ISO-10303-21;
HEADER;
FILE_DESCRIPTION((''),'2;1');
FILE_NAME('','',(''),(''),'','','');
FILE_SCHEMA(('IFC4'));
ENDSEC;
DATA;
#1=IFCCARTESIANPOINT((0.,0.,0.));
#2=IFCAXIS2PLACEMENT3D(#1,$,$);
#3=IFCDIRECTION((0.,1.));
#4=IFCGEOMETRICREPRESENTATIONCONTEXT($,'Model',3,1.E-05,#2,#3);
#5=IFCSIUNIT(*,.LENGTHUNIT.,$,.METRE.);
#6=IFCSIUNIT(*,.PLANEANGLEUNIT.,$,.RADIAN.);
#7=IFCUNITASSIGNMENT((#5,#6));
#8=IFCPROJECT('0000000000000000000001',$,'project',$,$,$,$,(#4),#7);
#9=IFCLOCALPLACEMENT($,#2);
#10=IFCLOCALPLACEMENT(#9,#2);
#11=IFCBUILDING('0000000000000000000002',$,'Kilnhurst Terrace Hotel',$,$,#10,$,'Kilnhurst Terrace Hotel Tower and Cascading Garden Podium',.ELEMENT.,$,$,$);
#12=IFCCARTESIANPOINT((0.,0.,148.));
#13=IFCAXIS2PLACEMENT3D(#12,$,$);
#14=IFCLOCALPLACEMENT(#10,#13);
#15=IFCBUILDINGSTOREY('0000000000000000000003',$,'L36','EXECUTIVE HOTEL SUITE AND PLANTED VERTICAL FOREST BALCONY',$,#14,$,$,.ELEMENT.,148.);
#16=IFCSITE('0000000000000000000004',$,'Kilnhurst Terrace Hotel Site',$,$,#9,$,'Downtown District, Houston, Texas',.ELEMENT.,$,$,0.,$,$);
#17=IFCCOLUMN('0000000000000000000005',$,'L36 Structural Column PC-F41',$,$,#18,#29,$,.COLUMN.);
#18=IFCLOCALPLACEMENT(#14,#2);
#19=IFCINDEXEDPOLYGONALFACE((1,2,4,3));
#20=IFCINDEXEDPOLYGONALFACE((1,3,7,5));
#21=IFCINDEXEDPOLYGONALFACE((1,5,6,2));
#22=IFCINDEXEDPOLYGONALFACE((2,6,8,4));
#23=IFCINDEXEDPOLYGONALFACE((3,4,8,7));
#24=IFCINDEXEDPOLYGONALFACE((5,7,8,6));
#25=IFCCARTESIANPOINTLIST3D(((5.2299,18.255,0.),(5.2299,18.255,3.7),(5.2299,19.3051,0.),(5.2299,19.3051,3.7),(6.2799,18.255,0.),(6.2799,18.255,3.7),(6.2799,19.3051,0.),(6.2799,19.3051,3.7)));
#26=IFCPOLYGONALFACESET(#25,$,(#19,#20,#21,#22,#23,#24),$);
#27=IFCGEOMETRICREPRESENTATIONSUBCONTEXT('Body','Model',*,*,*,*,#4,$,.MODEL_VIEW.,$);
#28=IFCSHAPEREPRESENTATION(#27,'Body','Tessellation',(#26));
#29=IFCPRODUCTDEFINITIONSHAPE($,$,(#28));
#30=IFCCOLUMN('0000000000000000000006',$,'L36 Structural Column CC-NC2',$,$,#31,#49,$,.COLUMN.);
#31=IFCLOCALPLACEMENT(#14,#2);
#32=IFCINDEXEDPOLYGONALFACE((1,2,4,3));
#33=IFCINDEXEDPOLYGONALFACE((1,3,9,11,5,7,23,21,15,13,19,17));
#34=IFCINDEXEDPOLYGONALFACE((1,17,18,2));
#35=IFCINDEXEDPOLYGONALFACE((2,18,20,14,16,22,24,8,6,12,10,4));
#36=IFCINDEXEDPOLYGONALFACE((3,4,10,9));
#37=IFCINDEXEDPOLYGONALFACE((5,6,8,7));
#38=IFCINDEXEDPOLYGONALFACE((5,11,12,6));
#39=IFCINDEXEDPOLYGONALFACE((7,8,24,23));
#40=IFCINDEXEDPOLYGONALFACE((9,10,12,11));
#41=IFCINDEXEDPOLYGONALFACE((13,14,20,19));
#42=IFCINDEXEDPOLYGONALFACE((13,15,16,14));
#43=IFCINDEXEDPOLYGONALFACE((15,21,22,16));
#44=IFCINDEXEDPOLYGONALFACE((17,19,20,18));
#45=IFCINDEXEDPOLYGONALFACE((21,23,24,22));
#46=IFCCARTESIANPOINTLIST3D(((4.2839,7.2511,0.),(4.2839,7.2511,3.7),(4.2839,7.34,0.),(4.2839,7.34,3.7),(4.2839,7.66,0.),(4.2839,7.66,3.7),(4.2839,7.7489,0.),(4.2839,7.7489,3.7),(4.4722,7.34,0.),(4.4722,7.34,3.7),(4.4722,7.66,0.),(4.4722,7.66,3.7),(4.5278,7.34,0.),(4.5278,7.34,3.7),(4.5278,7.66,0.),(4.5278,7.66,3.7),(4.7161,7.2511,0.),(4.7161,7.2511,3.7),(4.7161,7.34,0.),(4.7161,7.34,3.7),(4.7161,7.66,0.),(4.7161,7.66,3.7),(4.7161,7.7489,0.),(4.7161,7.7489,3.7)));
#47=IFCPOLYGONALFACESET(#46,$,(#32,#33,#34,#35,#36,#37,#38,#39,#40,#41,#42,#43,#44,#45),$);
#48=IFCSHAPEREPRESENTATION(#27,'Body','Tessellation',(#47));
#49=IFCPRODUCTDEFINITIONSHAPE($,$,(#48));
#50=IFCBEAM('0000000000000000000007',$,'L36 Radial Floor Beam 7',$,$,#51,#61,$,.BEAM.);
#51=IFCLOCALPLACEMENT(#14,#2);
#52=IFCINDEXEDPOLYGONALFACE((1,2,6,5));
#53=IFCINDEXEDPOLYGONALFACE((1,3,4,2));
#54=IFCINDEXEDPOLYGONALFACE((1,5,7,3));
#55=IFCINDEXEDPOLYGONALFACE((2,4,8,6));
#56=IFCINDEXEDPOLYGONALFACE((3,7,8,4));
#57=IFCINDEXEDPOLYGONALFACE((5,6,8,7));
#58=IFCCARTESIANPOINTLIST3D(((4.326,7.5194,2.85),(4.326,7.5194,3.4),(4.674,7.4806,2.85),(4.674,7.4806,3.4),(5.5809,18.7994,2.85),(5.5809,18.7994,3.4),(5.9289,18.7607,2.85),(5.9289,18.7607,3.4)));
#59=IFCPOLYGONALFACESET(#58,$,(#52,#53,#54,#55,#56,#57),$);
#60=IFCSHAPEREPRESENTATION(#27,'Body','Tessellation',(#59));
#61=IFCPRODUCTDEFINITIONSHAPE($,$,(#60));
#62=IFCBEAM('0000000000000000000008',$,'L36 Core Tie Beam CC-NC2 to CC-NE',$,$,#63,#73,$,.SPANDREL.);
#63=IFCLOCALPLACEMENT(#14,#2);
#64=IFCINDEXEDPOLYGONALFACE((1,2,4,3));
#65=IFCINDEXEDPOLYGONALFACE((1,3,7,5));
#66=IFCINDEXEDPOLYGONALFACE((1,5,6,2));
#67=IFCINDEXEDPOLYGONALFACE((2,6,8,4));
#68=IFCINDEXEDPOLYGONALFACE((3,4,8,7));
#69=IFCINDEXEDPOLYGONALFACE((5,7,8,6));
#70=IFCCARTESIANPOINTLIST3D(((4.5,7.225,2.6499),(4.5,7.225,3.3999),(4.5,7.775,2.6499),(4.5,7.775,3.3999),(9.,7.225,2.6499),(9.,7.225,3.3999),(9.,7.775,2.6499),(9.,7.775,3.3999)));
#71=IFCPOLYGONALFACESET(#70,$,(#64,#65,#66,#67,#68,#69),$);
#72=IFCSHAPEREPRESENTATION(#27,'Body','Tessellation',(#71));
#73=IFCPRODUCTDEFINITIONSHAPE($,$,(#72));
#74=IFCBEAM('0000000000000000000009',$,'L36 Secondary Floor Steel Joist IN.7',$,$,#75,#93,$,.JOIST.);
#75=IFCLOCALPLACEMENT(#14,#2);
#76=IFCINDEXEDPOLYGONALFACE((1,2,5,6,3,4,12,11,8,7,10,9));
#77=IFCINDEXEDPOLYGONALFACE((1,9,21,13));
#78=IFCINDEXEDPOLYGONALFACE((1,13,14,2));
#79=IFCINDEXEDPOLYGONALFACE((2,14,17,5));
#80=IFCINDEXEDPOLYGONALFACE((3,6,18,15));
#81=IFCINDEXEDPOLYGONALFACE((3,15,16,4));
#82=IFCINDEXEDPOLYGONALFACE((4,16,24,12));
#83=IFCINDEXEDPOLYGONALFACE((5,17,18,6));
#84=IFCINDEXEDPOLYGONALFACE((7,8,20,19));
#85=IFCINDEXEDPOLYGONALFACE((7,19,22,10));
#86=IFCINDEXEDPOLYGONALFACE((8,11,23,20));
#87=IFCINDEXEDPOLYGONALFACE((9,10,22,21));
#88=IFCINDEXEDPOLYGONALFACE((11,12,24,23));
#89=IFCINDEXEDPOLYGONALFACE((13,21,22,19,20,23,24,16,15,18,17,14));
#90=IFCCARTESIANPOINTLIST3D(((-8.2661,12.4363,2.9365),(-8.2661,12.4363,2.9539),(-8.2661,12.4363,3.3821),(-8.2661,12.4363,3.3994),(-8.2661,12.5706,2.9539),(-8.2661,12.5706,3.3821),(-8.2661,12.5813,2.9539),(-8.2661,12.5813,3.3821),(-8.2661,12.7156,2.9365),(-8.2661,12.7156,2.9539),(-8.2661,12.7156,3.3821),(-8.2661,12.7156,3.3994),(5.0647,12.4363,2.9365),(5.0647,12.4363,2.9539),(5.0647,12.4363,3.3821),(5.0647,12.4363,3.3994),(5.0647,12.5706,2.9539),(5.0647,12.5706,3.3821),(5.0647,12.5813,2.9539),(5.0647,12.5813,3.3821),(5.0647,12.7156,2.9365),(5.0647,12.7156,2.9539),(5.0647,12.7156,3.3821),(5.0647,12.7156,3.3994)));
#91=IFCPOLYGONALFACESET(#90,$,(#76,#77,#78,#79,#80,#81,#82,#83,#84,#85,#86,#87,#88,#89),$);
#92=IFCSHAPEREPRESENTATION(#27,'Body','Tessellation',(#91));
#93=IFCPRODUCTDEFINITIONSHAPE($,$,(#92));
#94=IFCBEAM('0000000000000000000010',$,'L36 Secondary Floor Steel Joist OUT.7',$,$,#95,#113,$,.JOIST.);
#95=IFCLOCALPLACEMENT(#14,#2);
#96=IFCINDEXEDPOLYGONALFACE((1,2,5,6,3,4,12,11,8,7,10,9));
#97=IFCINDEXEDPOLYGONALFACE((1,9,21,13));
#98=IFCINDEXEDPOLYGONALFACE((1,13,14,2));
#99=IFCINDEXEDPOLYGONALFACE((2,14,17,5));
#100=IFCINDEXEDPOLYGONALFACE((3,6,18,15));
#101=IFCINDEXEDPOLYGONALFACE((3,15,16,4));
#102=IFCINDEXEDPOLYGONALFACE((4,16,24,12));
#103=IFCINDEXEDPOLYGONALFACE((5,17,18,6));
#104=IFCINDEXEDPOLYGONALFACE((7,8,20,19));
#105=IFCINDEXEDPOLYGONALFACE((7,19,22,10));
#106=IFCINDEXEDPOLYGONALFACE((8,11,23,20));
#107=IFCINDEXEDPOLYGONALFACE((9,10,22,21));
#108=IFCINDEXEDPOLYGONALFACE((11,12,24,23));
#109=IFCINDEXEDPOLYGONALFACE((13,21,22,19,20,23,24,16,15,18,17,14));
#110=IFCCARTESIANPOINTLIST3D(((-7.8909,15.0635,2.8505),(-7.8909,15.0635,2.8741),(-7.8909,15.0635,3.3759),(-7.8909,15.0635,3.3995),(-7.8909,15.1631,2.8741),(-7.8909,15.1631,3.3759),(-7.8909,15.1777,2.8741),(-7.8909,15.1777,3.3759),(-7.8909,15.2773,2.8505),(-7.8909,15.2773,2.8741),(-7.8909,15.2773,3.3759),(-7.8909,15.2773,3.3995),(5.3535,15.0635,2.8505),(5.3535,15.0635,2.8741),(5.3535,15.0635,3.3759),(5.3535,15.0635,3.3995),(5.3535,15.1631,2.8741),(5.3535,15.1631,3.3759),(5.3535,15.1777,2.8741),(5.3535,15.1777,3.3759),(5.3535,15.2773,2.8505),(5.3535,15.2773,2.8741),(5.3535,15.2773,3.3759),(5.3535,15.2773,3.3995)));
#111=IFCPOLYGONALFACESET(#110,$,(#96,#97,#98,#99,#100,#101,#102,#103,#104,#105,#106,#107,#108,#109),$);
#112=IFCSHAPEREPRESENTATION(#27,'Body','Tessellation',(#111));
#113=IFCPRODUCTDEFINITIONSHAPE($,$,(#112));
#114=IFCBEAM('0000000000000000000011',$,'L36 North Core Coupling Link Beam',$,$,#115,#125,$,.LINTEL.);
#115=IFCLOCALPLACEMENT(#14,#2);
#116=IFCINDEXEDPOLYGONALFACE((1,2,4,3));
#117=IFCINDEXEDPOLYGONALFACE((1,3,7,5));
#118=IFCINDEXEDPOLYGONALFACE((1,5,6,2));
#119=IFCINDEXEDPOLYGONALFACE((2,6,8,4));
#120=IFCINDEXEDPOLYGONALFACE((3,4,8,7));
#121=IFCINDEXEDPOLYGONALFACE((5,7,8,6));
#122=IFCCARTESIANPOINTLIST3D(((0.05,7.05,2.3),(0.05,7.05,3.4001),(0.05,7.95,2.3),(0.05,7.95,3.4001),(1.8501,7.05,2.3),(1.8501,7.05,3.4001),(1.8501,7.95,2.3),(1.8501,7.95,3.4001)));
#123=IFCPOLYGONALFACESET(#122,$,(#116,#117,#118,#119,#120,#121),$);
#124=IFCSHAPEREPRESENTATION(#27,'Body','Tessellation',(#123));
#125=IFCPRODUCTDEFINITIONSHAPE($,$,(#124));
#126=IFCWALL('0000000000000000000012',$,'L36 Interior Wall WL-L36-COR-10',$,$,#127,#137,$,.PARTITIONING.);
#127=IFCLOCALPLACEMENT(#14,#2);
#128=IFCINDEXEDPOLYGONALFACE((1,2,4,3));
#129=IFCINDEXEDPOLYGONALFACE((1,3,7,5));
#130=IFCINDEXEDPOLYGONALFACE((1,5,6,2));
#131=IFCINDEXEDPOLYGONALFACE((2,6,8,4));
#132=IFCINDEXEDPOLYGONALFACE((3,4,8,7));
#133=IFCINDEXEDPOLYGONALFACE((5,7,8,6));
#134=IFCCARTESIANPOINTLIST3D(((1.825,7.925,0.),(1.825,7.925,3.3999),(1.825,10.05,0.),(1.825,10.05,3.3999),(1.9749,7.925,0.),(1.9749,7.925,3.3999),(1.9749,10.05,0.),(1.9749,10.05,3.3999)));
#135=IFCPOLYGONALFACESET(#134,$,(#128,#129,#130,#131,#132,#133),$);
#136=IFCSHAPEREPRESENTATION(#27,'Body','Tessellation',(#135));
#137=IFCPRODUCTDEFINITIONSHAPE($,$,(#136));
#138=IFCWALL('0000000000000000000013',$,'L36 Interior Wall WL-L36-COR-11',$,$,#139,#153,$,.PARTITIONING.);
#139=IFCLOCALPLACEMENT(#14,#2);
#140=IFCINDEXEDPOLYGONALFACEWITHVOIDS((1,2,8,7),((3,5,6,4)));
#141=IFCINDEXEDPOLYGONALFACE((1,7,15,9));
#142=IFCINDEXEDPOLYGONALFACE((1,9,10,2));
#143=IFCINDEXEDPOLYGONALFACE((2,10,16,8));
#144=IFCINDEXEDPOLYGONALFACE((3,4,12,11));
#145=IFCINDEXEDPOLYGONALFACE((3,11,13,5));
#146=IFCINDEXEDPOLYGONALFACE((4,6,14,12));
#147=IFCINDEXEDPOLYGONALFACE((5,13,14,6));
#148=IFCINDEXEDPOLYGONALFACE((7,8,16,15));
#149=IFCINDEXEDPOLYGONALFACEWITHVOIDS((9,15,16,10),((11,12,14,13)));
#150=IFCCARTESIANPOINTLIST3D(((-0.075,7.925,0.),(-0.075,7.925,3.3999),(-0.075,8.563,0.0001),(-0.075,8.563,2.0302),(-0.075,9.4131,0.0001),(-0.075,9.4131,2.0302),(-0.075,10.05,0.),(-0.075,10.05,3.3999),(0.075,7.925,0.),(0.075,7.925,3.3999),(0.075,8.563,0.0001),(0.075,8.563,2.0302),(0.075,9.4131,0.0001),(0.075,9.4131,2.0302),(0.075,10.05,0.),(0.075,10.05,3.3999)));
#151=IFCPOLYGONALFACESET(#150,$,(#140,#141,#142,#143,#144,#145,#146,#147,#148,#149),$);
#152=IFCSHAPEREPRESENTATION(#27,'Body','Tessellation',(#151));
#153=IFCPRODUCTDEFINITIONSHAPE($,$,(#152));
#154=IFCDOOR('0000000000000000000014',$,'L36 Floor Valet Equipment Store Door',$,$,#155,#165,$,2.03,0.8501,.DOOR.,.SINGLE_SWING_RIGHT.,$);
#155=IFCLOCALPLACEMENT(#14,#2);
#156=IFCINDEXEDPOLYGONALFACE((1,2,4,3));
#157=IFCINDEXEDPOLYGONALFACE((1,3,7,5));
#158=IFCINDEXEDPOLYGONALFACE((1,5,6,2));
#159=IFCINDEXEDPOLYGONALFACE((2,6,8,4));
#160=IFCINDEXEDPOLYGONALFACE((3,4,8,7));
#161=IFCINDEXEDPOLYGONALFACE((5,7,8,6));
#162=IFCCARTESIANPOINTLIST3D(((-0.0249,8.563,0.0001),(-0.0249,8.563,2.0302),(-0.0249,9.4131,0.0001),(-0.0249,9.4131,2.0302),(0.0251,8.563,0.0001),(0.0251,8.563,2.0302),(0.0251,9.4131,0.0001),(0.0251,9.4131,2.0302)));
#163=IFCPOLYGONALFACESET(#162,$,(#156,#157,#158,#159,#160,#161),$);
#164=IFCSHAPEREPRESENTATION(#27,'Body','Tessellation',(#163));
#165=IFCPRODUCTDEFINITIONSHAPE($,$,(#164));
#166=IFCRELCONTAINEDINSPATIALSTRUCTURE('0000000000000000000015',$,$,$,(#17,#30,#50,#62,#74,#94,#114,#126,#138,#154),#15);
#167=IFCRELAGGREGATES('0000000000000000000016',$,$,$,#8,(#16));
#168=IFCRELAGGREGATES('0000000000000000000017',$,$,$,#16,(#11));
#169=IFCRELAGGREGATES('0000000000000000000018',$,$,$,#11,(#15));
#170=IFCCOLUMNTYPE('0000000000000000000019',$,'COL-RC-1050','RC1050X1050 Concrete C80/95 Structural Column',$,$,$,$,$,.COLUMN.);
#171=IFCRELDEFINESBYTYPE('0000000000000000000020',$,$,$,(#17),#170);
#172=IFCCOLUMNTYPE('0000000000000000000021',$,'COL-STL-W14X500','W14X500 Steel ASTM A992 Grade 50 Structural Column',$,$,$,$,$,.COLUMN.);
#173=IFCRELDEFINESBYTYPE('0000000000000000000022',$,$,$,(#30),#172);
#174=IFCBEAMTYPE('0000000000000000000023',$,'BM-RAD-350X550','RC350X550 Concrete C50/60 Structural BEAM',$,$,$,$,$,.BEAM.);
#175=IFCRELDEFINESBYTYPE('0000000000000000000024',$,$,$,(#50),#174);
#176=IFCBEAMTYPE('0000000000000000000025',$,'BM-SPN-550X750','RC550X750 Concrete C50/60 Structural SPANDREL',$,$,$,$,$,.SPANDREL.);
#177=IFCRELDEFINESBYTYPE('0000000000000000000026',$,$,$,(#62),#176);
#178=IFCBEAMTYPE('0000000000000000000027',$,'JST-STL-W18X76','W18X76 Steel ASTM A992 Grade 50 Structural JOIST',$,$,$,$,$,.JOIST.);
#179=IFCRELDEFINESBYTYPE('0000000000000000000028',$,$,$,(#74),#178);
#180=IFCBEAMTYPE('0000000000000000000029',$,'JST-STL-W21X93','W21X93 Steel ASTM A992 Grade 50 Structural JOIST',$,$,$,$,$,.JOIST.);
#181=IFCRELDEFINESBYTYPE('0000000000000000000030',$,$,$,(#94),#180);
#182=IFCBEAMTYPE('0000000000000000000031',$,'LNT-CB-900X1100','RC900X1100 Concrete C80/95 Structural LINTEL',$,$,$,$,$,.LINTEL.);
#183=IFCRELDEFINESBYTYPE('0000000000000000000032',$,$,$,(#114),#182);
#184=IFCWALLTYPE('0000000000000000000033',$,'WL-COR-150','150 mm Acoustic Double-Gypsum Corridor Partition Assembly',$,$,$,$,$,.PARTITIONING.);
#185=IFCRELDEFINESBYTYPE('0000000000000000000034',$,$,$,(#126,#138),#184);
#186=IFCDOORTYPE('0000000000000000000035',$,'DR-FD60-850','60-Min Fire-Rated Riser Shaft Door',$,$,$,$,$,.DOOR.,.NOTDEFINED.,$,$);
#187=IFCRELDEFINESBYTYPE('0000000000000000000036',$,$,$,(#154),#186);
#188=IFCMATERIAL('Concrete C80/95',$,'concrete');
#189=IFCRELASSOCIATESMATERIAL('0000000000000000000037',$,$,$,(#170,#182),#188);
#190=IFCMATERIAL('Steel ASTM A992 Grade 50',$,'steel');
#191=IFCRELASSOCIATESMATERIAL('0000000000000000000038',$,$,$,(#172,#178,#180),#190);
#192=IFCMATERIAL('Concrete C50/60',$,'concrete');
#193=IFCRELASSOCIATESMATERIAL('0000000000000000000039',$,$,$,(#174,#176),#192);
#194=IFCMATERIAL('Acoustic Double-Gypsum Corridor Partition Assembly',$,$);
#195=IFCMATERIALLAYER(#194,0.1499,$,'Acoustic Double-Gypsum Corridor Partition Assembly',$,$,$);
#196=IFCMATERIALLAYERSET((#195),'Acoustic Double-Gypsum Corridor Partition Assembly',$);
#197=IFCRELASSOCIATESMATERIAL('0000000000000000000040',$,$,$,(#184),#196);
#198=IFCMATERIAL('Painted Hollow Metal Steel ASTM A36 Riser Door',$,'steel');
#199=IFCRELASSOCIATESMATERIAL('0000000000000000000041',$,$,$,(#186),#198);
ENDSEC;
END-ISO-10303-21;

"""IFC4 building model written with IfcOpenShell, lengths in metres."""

from ifc_helpers import new_model, si_unit, direction, frame, frame_2d, origin, origin_2d, place, context, subcontext, project, spatial, rectangle, i_section, extrude, material, layer, layer_set, material_profile, profile_set, type_object, element, fill, save


model = new_model("IFC4")

# Units and contexts
model_context = context("Model", 3, precision=1e-05, world=origin(), true_north=direction((0.0, 1.0)))
body_context = subcontext(model_context, "Body", "Model", "MODEL_VIEW")
ifc_project = project(units=[si_unit("LENGTHUNIT", "METRE"), si_unit("PLANEANGLEUNIT", "RADIAN")], contexts=[model_context])

# Site, building, storey
site_placement = place(None, origin())
site = spatial("IfcSite", under=ifc_project, at=site_placement, Name="Kilnhurst Terrace Hotel Site", LongName="Downtown District, Houston, Texas", CompositionType="ELEMENT", RefElevation=0.0)
building_placement = place(site_placement, origin())
building = spatial("IfcBuilding", under=site, at=building_placement, Name="Kilnhurst Terrace Hotel", LongName="Kilnhurst Terrace Hotel Tower and Cascading Garden Podium", CompositionType="ELEMENT")
storey_placement = place(building_placement, frame((0.0, 0.0, 148.0)))
storey = spatial("IfcBuildingStorey", under=building, at=storey_placement, Name="L36", Description="EXECUTIVE HOTEL SUITE AND PLANTED VERTICAL FOREST BALCONY", CompositionType="ELEMENT", Elevation=148.0)

# Columns
ifc_material_1 = material(Name="Concrete C80/95", Category="concrete")
ifc_material_profile_1 = material_profile(ifc_material_1, rectangle(XDim=1.05, YDim=1.05, at=origin_2d()), Name="RC1050X1050")
ifc_profile_set_1 = profile_set([ifc_material_profile_1], Name="Concrete C80/95")
column_type_1 = type_object("IfcColumnType", Name="COL-RC-1050", Description="RC1050X1050 Concrete C80/95 Structural Column", PredefinedType="COLUMN", material=ifc_profile_set_1)
column_1_placement = place(storey_placement, frame((5.7549, 18.78, 0.0), z_axis=(0.0, 0.0, 1.0), x_axis=(1.0, 0.0, 0.0)))
element("IfcColumn", 1, at=column_1_placement, inside=storey, type_object=column_type_1, Name="L36 Structural Column PC-F41", PredefinedType="COLUMN", context=body_context, shape_type="SweptSolid", body=[
    extrude(rectangle(XDim=1.05, YDim=1.05, at=origin_2d()), origin(), (0.0, 0.0, 1.0), 3.7),
])
ifc_material_2 = material(Name="Steel ASTM A992 Grade 50", Category="steel")
ifc_material_profile_2 = material_profile(ifc_material_2, i_section(OverallWidth=0.4321, OverallDepth=0.4978, WebThickness=0.0557, FlangeThickness=0.0889, at=origin_2d()), Name="W14X500")
ifc_profile_set_2 = profile_set([ifc_material_profile_2], Name="Steel ASTM A992 Grade 50")
column_type_2 = type_object("IfcColumnType", Name="COL-STL-W14X500", Description="W14X500 Steel ASTM A992 Grade 50 Structural Column", PredefinedType="COLUMN", material=ifc_profile_set_2)
column_2_placement = place(storey_placement, frame((4.5, 7.5, 0.0), z_axis=(0.0, 0.0, 1.0), x_axis=(1.0, 0.0, 0.0)))
element("IfcColumn", 2, at=column_2_placement, inside=storey, type_object=column_type_2, Name="L36 Structural Column CC-NC2", PredefinedType="COLUMN", context=body_context, shape_type="SweptSolid", body=[
    extrude(i_section(OverallWidth=0.4321, OverallDepth=0.4978, WebThickness=0.0557, FlangeThickness=0.0889, at=origin_2d()), origin(), (0.0, 0.0, 1.0), 3.7),
])

# Beams
ifc_material_3 = material(Name="Concrete C50/60", Category="concrete")
ifc_material_profile_3 = material_profile(ifc_material_3, rectangle(XDim=0.3501, YDim=0.55, at=origin_2d()), Name="RC350X550")
ifc_profile_set_3 = profile_set([ifc_material_profile_3], Name="Concrete C50/60")
beam_type_1 = type_object("IfcBeamType", Name="BM-RAD-350X550", Description="RC350X550 Concrete C50/60 Structural BEAM", PredefinedType="BEAM", material=ifc_profile_set_3)
beam_1_placement = place(storey_placement, frame((4.5, 7.5, 3.125), z_axis=(0.110566, 0.993869, 0.0), x_axis=(-0.993869, 0.110566, 0.0)))
element("IfcBeam", 3, at=beam_1_placement, inside=storey, type_object=beam_type_1, Name="L36 Radial Floor Beam 7", PredefinedType="BEAM", context=body_context, shape_type="SweptSolid", body=[
    extrude(rectangle(XDim=0.3501, YDim=0.55, at=origin_2d()), origin(), (0.0, 0.0, 1.0), 11.3496),
])
ifc_material_profile_4 = material_profile(ifc_material_3, rectangle(XDim=0.55, YDim=0.75, at=origin_2d()), Name="RC550X750")
ifc_profile_set_4 = profile_set([ifc_material_profile_4], Name="Concrete C50/60")
beam_type_2 = type_object("IfcBeamType", Name="BM-SPN-550X750", Description="RC550X750 Concrete C50/60 Structural SPANDREL", PredefinedType="SPANDREL", material=ifc_profile_set_4)
beam_2_placement = place(storey_placement, frame((4.5, 7.5, 3.0249), z_axis=(1.0, 0.0, 0.0), x_axis=(0.0, 1.0, 0.0)))
element("IfcBeam", 4, at=beam_2_placement, inside=storey, type_object=beam_type_2, Name="L36 Core Tie Beam CC-NC2 to CC-NE", PredefinedType="SPANDREL", context=body_context, shape_type="SweptSolid", body=[
    extrude(rectangle(XDim=0.55, YDim=0.75, at=origin_2d()), origin(), (0.0, 0.0, 1.0), 4.5),
])
ifc_material_profile_5 = material_profile(ifc_material_2, i_section(OverallWidth=0.2793, OverallDepth=0.4629, WebThickness=0.0107, FlangeThickness=0.0173, at=origin_2d()), Name="W18X76")
ifc_profile_set_5 = profile_set([ifc_material_profile_5], Name="Steel ASTM A992 Grade 50")
beam_type_3 = type_object("IfcBeamType", Name="JST-STL-W18X76", Description="W18X76 Steel ASTM A992 Grade 50 Structural JOIST", PredefinedType="JOIST", material=ifc_profile_set_5)
beam_3_placement = place(storey_placement, frame((5.0647, 12.5759, 3.168), z_axis=(-1.0, 0.0, 0.0), x_axis=(0.0, -1.0, 0.0)))
element("IfcBeam", 5, at=beam_3_placement, inside=storey, type_object=beam_type_3, Name="L36 Secondary Floor Steel Joist IN.7", PredefinedType="JOIST", context=body_context, shape_type="SweptSolid", body=[
    extrude(i_section(OverallWidth=0.2793, OverallDepth=0.4629, WebThickness=0.0107, FlangeThickness=0.0173, at=origin_2d()), origin(), (0.0, 0.0, 1.0), 13.3308),
])
ifc_material_profile_6 = material_profile(ifc_material_2, i_section(OverallWidth=0.2139, OverallDepth=0.5491, WebThickness=0.0146, FlangeThickness=0.0237, at=origin_2d()), Name="W21X93")
ifc_profile_set_6 = profile_set([ifc_material_profile_6], Name="Steel ASTM A992 Grade 50")
beam_type_4 = type_object("IfcBeamType", Name="JST-STL-W21X93", Description="W21X93 Steel ASTM A992 Grade 50 Structural JOIST", PredefinedType="JOIST", material=ifc_profile_set_6)
beam_4_placement = place(storey_placement, frame((5.3535, 15.1704, 3.125), z_axis=(-1.0, 0.0, 0.0), x_axis=(0.0, -1.0, 0.0)))
element("IfcBeam", 6, at=beam_4_placement, inside=storey, type_object=beam_type_4, Name="L36 Secondary Floor Steel Joist OUT.7", PredefinedType="JOIST", context=body_context, shape_type="SweptSolid", body=[
    extrude(i_section(OverallWidth=0.2139, OverallDepth=0.5491, WebThickness=0.0146, FlangeThickness=0.0237, at=origin_2d()), origin(), (0.0, 0.0, 1.0), 13.2444),
])
ifc_material_profile_7 = material_profile(ifc_material_1, rectangle(XDim=0.8999, YDim=1.1001, at=origin_2d()), Name="RC900X1100")
ifc_profile_set_7 = profile_set([ifc_material_profile_7], Name="Concrete C80/95")
beam_type_5 = type_object("IfcBeamType", Name="LNT-CB-900X1100", Description="RC900X1100 Concrete C80/95 Structural LINTEL", PredefinedType="LINTEL", material=ifc_profile_set_7)
beam_5_placement = place(storey_placement, frame((0.05, 7.5, 2.8501), z_axis=(1.0, 0.0, 0.0), x_axis=(0.0, 1.0, 0.0)))
element("IfcBeam", 7, at=beam_5_placement, inside=storey, type_object=beam_type_5, Name="L36 North Core Coupling Link Beam", PredefinedType="LINTEL", context=body_context, shape_type="SweptSolid", body=[
    extrude(rectangle(XDim=0.8999, YDim=1.1001, at=origin_2d()), origin(), (0.0, 0.0, 1.0), 1.8),
])

# Wall
ifc_material_4 = material(Name="Acoustic Double-Gypsum Corridor Partition Assembly")
ifc_layer_1 = layer(ifc_material_4, 0.1499, Name="Acoustic Double-Gypsum Corridor Partition Assembly")
ifc_layer_set_1 = layer_set([ifc_layer_1], Name="Acoustic Double-Gypsum Corridor Partition Assembly")
wall_type_1 = type_object("IfcWallType", Name="WL-COR-150", Description="150 mm Acoustic Double-Gypsum Corridor Partition Assembly", PredefinedType="PARTITIONING", material=ifc_layer_set_1)
wall_1_placement = place(storey_placement, frame((1.8999, 10.05, 0.0), z_axis=(0.0, 0.0, 1.0), x_axis=(0.0, -1.0, 0.0)))
element("IfcWall", 8, at=wall_1_placement, inside=storey, type_object=wall_type_1, Name="L36 Interior Wall WL-L36-COR-10", PredefinedType="PARTITIONING", context=body_context, shape_type="SweptSolid", body=[
    extrude(rectangle(XDim=2.125, YDim=0.1499, at=frame_2d((1.0625, 0.0))), origin(), (0.0, 0.0, 1.0), 3.3999),
])

# Wall, opening, door
wall_2_placement = place(storey_placement, frame((0.0, 7.925, 0.0), z_axis=(0.0, 0.0, 1.0), x_axis=(0.0, 1.0, 0.0)))
wall_2 = element("IfcWall", 9, at=wall_2_placement, inside=storey, type_object=wall_type_1, Name="L36 Interior Wall WL-L36-COR-11", PredefinedType="PARTITIONING", context=body_context, shape_type="SweptSolid", body=[
    extrude(rectangle(XDim=2.125, YDim=0.1499, at=frame_2d((1.0625, 0.0))), origin(), (0.0, 0.0, 1.0), 3.3999),
])
opening_1_placement = place(wall_2_placement, frame((0.6379, 0.0, 0.0)))
opening_1 = element("IfcOpeningElement", 10, at=opening_1_placement, cuts=wall_2, PredefinedType="OPENING", context=body_context, shape_type="SweptSolid", body=[
    extrude(rectangle(XDim=0.8501, YDim=2.03, at=frame_2d((0.425, 1.0151))), frame((0.0, 0.085, 0.0), z_axis=(0.0, -1.0, 0.0), x_axis=(1.0, 0.0, 0.0)), (0.0, 0.0, 1.0), 0.1699),
])
ifc_material_5 = material(Name="Painted Hollow Metal Steel ASTM A36 Riser Door", Category="steel")
door_type_1 = type_object("IfcDoorType", Name="DR-FD60-850", Description="60-Min Fire-Rated Riser Shaft Door", OperationType="NOTDEFINED", PredefinedType="DOOR", material=ifc_material_5)
door_1_placement = place(opening_1_placement, origin())
door_1 = element("IfcDoor", 11, at=door_1_placement, inside=storey, type_object=door_type_1, Name="L36 Floor Valet Equipment Store Door", OperationType="SINGLE_SWING_RIGHT", OverallHeight=2.03, OverallWidth=0.8501, PredefinedType="DOOR", context=body_context, shape_type="SweptSolid", body=[
    extrude(rectangle(XDim=0.8501, YDim=2.03, at=frame_2d((0.425, 1.0151))), frame((0.0, 0.0249, 0.0), z_axis=(0.0, -1.0, 0.0), x_axis=(1.0, 0.0, 0.0)), (0.0, 0.0, 1.0), 0.05),
])
fill(opening_1, door_1)

save(model, "model.ifc")
